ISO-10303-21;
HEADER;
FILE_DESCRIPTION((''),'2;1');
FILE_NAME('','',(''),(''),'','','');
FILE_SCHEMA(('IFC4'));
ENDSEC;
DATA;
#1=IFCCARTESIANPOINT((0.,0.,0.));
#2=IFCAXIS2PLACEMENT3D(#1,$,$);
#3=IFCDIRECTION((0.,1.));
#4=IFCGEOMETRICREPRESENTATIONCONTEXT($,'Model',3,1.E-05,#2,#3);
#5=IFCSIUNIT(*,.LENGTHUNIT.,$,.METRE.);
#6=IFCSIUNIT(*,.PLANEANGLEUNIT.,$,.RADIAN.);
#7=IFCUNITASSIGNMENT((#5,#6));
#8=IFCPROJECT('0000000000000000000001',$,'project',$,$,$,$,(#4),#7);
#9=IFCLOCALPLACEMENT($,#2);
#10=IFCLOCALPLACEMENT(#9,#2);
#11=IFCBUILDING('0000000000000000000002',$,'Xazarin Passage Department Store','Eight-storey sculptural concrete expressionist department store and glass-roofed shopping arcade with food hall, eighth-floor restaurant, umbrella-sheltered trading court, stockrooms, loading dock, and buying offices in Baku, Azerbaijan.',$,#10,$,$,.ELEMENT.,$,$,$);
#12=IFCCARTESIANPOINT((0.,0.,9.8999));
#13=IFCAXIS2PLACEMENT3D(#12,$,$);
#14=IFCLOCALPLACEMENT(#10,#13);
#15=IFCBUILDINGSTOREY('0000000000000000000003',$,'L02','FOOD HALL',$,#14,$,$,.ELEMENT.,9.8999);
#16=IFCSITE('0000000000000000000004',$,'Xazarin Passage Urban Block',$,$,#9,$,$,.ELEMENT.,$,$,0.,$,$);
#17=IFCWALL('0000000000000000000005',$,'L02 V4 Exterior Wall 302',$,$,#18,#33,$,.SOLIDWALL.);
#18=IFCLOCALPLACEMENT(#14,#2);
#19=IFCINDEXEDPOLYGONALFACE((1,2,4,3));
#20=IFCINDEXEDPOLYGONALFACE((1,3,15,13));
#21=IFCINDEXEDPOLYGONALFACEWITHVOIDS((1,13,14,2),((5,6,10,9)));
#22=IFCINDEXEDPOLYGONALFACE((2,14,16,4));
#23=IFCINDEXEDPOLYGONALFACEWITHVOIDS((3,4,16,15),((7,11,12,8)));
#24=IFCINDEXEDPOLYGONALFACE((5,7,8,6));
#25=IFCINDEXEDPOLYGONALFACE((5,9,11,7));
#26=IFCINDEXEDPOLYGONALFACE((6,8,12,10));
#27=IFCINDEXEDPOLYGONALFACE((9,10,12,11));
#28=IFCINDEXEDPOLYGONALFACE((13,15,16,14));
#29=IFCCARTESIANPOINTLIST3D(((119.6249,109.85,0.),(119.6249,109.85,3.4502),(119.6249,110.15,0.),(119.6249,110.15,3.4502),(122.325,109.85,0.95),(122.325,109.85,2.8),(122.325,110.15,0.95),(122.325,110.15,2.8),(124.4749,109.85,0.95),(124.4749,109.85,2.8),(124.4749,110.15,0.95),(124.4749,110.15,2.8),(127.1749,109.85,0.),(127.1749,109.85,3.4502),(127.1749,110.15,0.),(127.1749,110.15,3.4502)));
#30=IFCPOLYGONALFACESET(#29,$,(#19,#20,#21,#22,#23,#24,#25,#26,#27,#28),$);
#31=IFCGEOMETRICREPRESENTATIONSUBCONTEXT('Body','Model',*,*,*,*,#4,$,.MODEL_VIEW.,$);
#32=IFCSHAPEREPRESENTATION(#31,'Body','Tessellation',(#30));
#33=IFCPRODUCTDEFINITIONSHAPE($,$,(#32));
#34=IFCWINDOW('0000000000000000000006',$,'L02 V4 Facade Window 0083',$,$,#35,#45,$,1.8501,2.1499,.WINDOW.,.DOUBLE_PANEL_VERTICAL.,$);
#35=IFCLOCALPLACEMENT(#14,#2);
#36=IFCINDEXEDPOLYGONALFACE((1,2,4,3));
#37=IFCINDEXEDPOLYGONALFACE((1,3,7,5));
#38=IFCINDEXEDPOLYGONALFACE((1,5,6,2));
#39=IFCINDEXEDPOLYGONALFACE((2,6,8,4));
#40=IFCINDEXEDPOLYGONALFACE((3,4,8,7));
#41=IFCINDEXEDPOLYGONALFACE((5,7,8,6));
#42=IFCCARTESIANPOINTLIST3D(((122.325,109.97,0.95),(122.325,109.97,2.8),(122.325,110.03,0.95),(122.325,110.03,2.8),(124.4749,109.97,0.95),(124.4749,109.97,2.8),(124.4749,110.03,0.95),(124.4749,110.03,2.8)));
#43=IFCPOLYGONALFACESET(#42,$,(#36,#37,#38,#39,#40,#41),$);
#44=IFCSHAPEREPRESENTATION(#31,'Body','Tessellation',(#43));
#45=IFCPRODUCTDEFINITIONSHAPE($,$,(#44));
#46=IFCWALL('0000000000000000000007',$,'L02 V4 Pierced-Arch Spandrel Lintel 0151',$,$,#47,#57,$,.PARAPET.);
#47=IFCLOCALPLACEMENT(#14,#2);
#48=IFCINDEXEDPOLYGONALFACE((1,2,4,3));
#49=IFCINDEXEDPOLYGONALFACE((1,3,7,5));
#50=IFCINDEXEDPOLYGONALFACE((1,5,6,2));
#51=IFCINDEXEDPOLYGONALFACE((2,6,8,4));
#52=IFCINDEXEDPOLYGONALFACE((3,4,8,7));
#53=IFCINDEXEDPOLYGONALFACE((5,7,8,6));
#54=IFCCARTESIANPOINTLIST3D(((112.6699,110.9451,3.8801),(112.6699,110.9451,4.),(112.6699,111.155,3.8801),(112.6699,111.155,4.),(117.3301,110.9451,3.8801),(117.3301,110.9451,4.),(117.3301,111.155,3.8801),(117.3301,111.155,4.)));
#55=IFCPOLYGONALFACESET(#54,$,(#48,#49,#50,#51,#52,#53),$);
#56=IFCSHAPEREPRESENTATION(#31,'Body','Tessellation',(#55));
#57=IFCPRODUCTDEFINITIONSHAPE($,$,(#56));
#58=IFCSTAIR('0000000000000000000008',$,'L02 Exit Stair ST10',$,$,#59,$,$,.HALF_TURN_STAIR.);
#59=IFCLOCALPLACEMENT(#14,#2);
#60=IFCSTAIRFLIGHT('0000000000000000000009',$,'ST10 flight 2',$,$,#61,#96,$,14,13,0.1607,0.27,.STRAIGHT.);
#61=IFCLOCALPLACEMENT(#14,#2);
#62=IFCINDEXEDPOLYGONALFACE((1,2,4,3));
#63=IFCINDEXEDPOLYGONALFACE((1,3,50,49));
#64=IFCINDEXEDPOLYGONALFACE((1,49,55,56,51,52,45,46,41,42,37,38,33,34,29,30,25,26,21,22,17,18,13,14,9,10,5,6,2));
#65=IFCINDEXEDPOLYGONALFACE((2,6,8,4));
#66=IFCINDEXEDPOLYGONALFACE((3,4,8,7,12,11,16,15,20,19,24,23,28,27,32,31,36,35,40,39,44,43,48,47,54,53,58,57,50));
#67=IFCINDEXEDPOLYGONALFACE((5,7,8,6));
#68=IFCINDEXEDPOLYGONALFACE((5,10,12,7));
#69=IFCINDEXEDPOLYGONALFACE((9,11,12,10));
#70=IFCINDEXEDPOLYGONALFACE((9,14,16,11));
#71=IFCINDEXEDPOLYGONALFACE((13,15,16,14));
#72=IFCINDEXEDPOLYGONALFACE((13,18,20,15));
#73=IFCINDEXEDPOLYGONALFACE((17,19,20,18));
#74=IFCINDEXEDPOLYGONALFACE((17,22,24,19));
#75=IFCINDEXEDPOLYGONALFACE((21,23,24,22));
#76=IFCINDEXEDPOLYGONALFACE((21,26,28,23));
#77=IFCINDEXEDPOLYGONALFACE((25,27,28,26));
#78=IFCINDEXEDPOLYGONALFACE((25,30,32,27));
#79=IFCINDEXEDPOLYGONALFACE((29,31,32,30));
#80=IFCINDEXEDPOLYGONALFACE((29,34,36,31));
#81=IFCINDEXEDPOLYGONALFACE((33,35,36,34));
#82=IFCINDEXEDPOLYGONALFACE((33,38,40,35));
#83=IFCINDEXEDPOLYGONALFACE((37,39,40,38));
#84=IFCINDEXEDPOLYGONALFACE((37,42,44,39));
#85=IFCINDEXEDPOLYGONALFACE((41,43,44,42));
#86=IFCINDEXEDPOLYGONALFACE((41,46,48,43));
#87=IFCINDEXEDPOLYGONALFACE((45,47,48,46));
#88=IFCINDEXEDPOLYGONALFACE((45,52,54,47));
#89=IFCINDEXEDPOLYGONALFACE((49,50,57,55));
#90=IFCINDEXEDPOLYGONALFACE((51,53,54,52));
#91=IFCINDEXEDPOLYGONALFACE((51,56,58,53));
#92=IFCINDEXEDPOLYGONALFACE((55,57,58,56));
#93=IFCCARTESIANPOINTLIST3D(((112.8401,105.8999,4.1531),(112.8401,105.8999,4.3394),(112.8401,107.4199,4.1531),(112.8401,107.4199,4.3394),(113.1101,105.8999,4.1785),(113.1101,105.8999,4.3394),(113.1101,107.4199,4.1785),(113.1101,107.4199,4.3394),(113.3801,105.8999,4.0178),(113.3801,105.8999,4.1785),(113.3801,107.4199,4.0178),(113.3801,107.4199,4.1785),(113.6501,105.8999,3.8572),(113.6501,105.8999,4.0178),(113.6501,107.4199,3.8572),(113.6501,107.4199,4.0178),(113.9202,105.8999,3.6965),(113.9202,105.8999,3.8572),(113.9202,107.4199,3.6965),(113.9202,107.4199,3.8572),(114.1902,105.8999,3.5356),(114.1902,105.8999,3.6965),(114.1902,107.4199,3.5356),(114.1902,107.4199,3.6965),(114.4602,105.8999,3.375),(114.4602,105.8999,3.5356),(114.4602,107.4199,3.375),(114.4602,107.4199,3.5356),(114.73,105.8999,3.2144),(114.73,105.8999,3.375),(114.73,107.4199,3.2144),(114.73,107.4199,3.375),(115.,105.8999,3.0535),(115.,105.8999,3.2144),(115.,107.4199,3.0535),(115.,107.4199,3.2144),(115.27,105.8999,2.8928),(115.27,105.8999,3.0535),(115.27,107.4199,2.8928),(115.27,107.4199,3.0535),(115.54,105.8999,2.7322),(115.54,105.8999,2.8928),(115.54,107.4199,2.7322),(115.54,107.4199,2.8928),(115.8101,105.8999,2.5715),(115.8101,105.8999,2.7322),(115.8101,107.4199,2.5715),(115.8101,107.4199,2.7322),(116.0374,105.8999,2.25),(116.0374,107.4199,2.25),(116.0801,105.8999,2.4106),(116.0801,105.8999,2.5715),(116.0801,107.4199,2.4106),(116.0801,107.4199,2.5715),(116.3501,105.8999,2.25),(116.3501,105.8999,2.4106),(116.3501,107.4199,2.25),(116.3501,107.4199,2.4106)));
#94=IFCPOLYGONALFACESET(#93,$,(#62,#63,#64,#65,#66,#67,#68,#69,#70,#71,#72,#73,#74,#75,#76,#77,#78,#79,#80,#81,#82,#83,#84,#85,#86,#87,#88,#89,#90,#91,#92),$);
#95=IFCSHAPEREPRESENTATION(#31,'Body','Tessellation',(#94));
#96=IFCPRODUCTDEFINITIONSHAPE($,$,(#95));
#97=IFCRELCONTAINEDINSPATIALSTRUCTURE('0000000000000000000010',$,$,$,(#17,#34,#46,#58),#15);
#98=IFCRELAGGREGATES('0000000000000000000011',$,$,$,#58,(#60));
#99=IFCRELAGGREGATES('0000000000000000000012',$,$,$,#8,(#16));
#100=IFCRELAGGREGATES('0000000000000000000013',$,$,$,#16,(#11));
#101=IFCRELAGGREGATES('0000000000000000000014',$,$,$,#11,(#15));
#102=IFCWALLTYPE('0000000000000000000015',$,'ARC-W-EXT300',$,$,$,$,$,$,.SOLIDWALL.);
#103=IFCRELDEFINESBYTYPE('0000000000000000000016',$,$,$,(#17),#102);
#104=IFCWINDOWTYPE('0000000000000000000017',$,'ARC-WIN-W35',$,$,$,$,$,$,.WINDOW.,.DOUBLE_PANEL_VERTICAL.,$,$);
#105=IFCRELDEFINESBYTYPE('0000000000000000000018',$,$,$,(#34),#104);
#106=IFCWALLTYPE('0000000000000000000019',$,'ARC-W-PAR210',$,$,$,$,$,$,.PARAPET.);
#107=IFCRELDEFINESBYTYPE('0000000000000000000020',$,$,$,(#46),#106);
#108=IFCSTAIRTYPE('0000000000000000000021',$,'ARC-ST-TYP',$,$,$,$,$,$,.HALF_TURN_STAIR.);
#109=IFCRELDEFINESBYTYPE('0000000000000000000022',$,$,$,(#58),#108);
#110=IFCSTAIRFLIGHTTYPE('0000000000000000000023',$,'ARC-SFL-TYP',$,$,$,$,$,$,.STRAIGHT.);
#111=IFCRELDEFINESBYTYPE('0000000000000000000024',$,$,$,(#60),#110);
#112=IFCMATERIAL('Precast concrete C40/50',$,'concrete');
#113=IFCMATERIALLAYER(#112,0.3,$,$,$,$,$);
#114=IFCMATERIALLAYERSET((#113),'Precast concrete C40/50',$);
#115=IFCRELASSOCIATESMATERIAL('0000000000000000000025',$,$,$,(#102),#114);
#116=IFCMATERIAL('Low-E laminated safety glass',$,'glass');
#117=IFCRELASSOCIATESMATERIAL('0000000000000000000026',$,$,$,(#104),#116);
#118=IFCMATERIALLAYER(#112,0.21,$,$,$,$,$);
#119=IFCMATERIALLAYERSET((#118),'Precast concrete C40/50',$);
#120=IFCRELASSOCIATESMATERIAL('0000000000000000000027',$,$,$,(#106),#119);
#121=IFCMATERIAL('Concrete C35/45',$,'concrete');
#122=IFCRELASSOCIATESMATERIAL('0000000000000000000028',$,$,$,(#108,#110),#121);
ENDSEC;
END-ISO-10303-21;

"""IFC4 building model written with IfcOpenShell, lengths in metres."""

from ifc_helpers import new_model, si_unit, direction, frame, frame_2d, origin, place, context, subcontext, project, spatial, polyline, rectangle, outline, extrude, material, layer, layer_set, type_object, element, fill, aggregate, save


model = new_model("IFC4")

# Units and contexts
model_context = context("Model", 3, precision=1e-05, world=origin(), true_north=direction((0.0, 1.0)))
body_context = subcontext(model_context, "Body", "Model", "MODEL_VIEW")
ifc_project = project(units=[si_unit("LENGTHUNIT", "METRE"), si_unit("PLANEANGLEUNIT", "RADIAN")], contexts=[model_context])

# Site, building, storey
site_placement = place(None, origin())
site = spatial("IfcSite", under=ifc_project, at=site_placement, Name="Xazarin Passage Urban Block", CompositionType="ELEMENT", RefElevation=0.0)
building_placement = place(site_placement, origin())
building = spatial("IfcBuilding", under=site, at=building_placement, Name="Xazarin Passage Department Store", Description="Eight-storey sculptural concrete expressionist department store and glass-roofed shopping arcade with food hall, eighth-floor restaurant, umbrella-sheltered trading court, stockrooms, loading dock, and buying offices in Baku, Azerbaijan.", CompositionType="ELEMENT")
storey_placement = place(building_placement, frame((0.0, 0.0, 9.8999)))
storey = spatial("IfcBuildingStorey", under=building, at=storey_placement, Name="L02", Description="FOOD HALL", CompositionType="ELEMENT", Elevation=9.8999)

# Shared definitions
ifc_material_1 = material(Name="Concrete C35/45", Category="concrete")

# Shared definitions
ifc_material_2 = material(Name="Precast concrete C40/50", Category="concrete")

# Wall, opening, window
ifc_layer_1 = layer(ifc_material_2, 0.3)
ifc_layer_set_1 = layer_set([ifc_layer_1], Name="Precast concrete C40/50")
wall_type_1 = type_object("IfcWallType", Name="ARC-W-EXT300", PredefinedType="SOLIDWALL", material=ifc_layer_set_1)
wall_1_placement = place(storey_placement, frame((119.625, 110.0, 0.0), z_axis=(0.0, 0.0, 1.0), x_axis=(1.0, 0.0, 0.0)))
wall_1 = element("IfcWall", 1, at=wall_1_placement, inside=storey, type_object=wall_type_1, Name="L02 V4 Exterior Wall 302", PredefinedType="SOLIDWALL", context=body_context, shape_type="SweptSolid", body=[
    extrude(rectangle(XDim=7.55, YDim=0.3, at=frame_2d((3.7749, 0.0))), origin(), (0.0, 0.0, 1.0), 3.4502),
])
opening_placement = place(wall_1_placement, frame((2.7, 0.0, 0.95)))
opening = element("IfcOpeningElement", 2, at=opening_placement, cuts=wall_1, PredefinedType="OPENING", context=body_context, shape_type="SweptSolid", body=[
    extrude(rectangle(XDim=2.1499, YDim=1.8501, at=frame_2d((1.075, 0.925))), frame((0.0, 0.1599, 0.0), z_axis=(0.0, -1.0, 0.0), x_axis=(1.0, 0.0, 0.0)), (0.0, 0.0, 1.0), 0.3201),
])
ifc_material_3 = material(Name="Low-E laminated safety glass", Category="glass")
window_type = type_object("IfcWindowType", Name="ARC-WIN-W35", PartitioningType="DOUBLE_PANEL_VERTICAL", PredefinedType="WINDOW", material=ifc_material_3)
window_placement = place(opening_placement, origin())
window = element("IfcWindow", 3, at=window_placement, inside=storey, type_object=window_type, Name="L02 V4 Facade Window 0083", OverallHeight=1.8501, OverallWidth=2.1499, PartitioningType="DOUBLE_PANEL_VERTICAL", PredefinedType="WINDOW", context=body_context, shape_type="SweptSolid", body=[
    extrude(rectangle(XDim=2.1499, YDim=1.8501, at=frame_2d((1.075, 0.925))), frame((0.0, 0.03, 0.0), z_axis=(0.0, -1.0, 0.0), x_axis=(1.0, 0.0, 0.0)), (0.0, 0.0, 1.0), 0.0601),
])
fill(opening, window)

# Wall
ifc_layer_2 = layer(ifc_material_2, 0.21)
ifc_layer_set_2 = layer_set([ifc_layer_2], Name="Precast concrete C40/50")
wall_type_2 = type_object("IfcWallType", Name="ARC-W-PAR210", PredefinedType="PARAPET", material=ifc_layer_set_2)
wall_2_placement = place(storey_placement, frame((112.6699, 111.05, 3.8801), z_axis=(0.0, 0.0, 1.0), x_axis=(1.0, 0.0, 0.0)))
element("IfcWall", 4, at=wall_2_placement, inside=storey, type_object=wall_type_2, Name="L02 V4 Pierced-Arch Spandrel Lintel 0151", PredefinedType="PARAPET", context=body_context, shape_type="SweptSolid", body=[
    extrude(rectangle(XDim=4.6602, YDim=0.21, at=frame_2d((2.3301, 0.0))), origin(), (0.0, 0.0, 1.0), 0.1199),
])

# Stair, stair flight
stair_type = type_object("IfcStairType", Name="ARC-ST-TYP", PredefinedType="HALF_TURN_STAIR", material=ifc_material_1)
stair_placement = place(storey_placement, origin())
stair = element("IfcStair", 5, at=stair_placement, inside=storey, type_object=stair_type, Name="L02 Exit Stair ST10", PredefinedType="HALF_TURN_STAIR")
stair_flight_type = type_object("IfcStairFlightType", Name="ARC-SFL-TYP", PredefinedType="STRAIGHT", material=ifc_material_1)
stair_flight_placement = place(storey_placement, frame((116.3501, 106.6599, 2.25), z_axis=(0.0, 0.0, 1.0), x_axis=(-1.0, 0.0, 0.0)))
stair_flight = element("IfcStairFlight", 6, at=stair_flight_placement, type_object=stair_flight_type, Name="ST10 flight 2", NumberOfRisers=14, NumberOfTreads=13, PredefinedType="STRAIGHT", RiserHeight=0.1607, TreadLength=0.27, context=body_context, shape_type="SweptSolid", body=[
    extrude(outline(polyline([(0.0, 0.0), (0.0, 0.1606), (0.27, 0.1606), (0.27, 0.3215), (0.54, 0.3215), (0.54, 0.4822), (0.8101, 0.4822), (0.8101, 0.6428), (1.0801, 0.6428), (1.0801, 0.8035), (1.3501, 0.8035), (1.3501, 0.9644), (1.6201, 0.9644), (1.6201, 1.125), (1.8899, 1.125), (1.8899, 1.2856), (2.1599, 1.2856), (2.1599, 1.4465), (2.4299, 1.4465), (2.4299, 1.6072), (2.7, 1.6072), (2.7, 1.7678), (2.97, 1.7678), (2.97, 1.9285), (3.24, 1.9285), (3.24, 2.0894), (3.51, 2.0894), (3.51, 2.25), (3.51, 1.9031), (0.3127, 0.0), (0.0, 0.0)])), frame((0.0, 0.76, 0.0), z_axis=(0.0, -1.0, 0.0), x_axis=(1.0, 0.0, 0.0)), (0.0, 0.0, 1.0), 1.52),
])
aggregate(stair, [stair_flight])

save(model, "model.ifc")
